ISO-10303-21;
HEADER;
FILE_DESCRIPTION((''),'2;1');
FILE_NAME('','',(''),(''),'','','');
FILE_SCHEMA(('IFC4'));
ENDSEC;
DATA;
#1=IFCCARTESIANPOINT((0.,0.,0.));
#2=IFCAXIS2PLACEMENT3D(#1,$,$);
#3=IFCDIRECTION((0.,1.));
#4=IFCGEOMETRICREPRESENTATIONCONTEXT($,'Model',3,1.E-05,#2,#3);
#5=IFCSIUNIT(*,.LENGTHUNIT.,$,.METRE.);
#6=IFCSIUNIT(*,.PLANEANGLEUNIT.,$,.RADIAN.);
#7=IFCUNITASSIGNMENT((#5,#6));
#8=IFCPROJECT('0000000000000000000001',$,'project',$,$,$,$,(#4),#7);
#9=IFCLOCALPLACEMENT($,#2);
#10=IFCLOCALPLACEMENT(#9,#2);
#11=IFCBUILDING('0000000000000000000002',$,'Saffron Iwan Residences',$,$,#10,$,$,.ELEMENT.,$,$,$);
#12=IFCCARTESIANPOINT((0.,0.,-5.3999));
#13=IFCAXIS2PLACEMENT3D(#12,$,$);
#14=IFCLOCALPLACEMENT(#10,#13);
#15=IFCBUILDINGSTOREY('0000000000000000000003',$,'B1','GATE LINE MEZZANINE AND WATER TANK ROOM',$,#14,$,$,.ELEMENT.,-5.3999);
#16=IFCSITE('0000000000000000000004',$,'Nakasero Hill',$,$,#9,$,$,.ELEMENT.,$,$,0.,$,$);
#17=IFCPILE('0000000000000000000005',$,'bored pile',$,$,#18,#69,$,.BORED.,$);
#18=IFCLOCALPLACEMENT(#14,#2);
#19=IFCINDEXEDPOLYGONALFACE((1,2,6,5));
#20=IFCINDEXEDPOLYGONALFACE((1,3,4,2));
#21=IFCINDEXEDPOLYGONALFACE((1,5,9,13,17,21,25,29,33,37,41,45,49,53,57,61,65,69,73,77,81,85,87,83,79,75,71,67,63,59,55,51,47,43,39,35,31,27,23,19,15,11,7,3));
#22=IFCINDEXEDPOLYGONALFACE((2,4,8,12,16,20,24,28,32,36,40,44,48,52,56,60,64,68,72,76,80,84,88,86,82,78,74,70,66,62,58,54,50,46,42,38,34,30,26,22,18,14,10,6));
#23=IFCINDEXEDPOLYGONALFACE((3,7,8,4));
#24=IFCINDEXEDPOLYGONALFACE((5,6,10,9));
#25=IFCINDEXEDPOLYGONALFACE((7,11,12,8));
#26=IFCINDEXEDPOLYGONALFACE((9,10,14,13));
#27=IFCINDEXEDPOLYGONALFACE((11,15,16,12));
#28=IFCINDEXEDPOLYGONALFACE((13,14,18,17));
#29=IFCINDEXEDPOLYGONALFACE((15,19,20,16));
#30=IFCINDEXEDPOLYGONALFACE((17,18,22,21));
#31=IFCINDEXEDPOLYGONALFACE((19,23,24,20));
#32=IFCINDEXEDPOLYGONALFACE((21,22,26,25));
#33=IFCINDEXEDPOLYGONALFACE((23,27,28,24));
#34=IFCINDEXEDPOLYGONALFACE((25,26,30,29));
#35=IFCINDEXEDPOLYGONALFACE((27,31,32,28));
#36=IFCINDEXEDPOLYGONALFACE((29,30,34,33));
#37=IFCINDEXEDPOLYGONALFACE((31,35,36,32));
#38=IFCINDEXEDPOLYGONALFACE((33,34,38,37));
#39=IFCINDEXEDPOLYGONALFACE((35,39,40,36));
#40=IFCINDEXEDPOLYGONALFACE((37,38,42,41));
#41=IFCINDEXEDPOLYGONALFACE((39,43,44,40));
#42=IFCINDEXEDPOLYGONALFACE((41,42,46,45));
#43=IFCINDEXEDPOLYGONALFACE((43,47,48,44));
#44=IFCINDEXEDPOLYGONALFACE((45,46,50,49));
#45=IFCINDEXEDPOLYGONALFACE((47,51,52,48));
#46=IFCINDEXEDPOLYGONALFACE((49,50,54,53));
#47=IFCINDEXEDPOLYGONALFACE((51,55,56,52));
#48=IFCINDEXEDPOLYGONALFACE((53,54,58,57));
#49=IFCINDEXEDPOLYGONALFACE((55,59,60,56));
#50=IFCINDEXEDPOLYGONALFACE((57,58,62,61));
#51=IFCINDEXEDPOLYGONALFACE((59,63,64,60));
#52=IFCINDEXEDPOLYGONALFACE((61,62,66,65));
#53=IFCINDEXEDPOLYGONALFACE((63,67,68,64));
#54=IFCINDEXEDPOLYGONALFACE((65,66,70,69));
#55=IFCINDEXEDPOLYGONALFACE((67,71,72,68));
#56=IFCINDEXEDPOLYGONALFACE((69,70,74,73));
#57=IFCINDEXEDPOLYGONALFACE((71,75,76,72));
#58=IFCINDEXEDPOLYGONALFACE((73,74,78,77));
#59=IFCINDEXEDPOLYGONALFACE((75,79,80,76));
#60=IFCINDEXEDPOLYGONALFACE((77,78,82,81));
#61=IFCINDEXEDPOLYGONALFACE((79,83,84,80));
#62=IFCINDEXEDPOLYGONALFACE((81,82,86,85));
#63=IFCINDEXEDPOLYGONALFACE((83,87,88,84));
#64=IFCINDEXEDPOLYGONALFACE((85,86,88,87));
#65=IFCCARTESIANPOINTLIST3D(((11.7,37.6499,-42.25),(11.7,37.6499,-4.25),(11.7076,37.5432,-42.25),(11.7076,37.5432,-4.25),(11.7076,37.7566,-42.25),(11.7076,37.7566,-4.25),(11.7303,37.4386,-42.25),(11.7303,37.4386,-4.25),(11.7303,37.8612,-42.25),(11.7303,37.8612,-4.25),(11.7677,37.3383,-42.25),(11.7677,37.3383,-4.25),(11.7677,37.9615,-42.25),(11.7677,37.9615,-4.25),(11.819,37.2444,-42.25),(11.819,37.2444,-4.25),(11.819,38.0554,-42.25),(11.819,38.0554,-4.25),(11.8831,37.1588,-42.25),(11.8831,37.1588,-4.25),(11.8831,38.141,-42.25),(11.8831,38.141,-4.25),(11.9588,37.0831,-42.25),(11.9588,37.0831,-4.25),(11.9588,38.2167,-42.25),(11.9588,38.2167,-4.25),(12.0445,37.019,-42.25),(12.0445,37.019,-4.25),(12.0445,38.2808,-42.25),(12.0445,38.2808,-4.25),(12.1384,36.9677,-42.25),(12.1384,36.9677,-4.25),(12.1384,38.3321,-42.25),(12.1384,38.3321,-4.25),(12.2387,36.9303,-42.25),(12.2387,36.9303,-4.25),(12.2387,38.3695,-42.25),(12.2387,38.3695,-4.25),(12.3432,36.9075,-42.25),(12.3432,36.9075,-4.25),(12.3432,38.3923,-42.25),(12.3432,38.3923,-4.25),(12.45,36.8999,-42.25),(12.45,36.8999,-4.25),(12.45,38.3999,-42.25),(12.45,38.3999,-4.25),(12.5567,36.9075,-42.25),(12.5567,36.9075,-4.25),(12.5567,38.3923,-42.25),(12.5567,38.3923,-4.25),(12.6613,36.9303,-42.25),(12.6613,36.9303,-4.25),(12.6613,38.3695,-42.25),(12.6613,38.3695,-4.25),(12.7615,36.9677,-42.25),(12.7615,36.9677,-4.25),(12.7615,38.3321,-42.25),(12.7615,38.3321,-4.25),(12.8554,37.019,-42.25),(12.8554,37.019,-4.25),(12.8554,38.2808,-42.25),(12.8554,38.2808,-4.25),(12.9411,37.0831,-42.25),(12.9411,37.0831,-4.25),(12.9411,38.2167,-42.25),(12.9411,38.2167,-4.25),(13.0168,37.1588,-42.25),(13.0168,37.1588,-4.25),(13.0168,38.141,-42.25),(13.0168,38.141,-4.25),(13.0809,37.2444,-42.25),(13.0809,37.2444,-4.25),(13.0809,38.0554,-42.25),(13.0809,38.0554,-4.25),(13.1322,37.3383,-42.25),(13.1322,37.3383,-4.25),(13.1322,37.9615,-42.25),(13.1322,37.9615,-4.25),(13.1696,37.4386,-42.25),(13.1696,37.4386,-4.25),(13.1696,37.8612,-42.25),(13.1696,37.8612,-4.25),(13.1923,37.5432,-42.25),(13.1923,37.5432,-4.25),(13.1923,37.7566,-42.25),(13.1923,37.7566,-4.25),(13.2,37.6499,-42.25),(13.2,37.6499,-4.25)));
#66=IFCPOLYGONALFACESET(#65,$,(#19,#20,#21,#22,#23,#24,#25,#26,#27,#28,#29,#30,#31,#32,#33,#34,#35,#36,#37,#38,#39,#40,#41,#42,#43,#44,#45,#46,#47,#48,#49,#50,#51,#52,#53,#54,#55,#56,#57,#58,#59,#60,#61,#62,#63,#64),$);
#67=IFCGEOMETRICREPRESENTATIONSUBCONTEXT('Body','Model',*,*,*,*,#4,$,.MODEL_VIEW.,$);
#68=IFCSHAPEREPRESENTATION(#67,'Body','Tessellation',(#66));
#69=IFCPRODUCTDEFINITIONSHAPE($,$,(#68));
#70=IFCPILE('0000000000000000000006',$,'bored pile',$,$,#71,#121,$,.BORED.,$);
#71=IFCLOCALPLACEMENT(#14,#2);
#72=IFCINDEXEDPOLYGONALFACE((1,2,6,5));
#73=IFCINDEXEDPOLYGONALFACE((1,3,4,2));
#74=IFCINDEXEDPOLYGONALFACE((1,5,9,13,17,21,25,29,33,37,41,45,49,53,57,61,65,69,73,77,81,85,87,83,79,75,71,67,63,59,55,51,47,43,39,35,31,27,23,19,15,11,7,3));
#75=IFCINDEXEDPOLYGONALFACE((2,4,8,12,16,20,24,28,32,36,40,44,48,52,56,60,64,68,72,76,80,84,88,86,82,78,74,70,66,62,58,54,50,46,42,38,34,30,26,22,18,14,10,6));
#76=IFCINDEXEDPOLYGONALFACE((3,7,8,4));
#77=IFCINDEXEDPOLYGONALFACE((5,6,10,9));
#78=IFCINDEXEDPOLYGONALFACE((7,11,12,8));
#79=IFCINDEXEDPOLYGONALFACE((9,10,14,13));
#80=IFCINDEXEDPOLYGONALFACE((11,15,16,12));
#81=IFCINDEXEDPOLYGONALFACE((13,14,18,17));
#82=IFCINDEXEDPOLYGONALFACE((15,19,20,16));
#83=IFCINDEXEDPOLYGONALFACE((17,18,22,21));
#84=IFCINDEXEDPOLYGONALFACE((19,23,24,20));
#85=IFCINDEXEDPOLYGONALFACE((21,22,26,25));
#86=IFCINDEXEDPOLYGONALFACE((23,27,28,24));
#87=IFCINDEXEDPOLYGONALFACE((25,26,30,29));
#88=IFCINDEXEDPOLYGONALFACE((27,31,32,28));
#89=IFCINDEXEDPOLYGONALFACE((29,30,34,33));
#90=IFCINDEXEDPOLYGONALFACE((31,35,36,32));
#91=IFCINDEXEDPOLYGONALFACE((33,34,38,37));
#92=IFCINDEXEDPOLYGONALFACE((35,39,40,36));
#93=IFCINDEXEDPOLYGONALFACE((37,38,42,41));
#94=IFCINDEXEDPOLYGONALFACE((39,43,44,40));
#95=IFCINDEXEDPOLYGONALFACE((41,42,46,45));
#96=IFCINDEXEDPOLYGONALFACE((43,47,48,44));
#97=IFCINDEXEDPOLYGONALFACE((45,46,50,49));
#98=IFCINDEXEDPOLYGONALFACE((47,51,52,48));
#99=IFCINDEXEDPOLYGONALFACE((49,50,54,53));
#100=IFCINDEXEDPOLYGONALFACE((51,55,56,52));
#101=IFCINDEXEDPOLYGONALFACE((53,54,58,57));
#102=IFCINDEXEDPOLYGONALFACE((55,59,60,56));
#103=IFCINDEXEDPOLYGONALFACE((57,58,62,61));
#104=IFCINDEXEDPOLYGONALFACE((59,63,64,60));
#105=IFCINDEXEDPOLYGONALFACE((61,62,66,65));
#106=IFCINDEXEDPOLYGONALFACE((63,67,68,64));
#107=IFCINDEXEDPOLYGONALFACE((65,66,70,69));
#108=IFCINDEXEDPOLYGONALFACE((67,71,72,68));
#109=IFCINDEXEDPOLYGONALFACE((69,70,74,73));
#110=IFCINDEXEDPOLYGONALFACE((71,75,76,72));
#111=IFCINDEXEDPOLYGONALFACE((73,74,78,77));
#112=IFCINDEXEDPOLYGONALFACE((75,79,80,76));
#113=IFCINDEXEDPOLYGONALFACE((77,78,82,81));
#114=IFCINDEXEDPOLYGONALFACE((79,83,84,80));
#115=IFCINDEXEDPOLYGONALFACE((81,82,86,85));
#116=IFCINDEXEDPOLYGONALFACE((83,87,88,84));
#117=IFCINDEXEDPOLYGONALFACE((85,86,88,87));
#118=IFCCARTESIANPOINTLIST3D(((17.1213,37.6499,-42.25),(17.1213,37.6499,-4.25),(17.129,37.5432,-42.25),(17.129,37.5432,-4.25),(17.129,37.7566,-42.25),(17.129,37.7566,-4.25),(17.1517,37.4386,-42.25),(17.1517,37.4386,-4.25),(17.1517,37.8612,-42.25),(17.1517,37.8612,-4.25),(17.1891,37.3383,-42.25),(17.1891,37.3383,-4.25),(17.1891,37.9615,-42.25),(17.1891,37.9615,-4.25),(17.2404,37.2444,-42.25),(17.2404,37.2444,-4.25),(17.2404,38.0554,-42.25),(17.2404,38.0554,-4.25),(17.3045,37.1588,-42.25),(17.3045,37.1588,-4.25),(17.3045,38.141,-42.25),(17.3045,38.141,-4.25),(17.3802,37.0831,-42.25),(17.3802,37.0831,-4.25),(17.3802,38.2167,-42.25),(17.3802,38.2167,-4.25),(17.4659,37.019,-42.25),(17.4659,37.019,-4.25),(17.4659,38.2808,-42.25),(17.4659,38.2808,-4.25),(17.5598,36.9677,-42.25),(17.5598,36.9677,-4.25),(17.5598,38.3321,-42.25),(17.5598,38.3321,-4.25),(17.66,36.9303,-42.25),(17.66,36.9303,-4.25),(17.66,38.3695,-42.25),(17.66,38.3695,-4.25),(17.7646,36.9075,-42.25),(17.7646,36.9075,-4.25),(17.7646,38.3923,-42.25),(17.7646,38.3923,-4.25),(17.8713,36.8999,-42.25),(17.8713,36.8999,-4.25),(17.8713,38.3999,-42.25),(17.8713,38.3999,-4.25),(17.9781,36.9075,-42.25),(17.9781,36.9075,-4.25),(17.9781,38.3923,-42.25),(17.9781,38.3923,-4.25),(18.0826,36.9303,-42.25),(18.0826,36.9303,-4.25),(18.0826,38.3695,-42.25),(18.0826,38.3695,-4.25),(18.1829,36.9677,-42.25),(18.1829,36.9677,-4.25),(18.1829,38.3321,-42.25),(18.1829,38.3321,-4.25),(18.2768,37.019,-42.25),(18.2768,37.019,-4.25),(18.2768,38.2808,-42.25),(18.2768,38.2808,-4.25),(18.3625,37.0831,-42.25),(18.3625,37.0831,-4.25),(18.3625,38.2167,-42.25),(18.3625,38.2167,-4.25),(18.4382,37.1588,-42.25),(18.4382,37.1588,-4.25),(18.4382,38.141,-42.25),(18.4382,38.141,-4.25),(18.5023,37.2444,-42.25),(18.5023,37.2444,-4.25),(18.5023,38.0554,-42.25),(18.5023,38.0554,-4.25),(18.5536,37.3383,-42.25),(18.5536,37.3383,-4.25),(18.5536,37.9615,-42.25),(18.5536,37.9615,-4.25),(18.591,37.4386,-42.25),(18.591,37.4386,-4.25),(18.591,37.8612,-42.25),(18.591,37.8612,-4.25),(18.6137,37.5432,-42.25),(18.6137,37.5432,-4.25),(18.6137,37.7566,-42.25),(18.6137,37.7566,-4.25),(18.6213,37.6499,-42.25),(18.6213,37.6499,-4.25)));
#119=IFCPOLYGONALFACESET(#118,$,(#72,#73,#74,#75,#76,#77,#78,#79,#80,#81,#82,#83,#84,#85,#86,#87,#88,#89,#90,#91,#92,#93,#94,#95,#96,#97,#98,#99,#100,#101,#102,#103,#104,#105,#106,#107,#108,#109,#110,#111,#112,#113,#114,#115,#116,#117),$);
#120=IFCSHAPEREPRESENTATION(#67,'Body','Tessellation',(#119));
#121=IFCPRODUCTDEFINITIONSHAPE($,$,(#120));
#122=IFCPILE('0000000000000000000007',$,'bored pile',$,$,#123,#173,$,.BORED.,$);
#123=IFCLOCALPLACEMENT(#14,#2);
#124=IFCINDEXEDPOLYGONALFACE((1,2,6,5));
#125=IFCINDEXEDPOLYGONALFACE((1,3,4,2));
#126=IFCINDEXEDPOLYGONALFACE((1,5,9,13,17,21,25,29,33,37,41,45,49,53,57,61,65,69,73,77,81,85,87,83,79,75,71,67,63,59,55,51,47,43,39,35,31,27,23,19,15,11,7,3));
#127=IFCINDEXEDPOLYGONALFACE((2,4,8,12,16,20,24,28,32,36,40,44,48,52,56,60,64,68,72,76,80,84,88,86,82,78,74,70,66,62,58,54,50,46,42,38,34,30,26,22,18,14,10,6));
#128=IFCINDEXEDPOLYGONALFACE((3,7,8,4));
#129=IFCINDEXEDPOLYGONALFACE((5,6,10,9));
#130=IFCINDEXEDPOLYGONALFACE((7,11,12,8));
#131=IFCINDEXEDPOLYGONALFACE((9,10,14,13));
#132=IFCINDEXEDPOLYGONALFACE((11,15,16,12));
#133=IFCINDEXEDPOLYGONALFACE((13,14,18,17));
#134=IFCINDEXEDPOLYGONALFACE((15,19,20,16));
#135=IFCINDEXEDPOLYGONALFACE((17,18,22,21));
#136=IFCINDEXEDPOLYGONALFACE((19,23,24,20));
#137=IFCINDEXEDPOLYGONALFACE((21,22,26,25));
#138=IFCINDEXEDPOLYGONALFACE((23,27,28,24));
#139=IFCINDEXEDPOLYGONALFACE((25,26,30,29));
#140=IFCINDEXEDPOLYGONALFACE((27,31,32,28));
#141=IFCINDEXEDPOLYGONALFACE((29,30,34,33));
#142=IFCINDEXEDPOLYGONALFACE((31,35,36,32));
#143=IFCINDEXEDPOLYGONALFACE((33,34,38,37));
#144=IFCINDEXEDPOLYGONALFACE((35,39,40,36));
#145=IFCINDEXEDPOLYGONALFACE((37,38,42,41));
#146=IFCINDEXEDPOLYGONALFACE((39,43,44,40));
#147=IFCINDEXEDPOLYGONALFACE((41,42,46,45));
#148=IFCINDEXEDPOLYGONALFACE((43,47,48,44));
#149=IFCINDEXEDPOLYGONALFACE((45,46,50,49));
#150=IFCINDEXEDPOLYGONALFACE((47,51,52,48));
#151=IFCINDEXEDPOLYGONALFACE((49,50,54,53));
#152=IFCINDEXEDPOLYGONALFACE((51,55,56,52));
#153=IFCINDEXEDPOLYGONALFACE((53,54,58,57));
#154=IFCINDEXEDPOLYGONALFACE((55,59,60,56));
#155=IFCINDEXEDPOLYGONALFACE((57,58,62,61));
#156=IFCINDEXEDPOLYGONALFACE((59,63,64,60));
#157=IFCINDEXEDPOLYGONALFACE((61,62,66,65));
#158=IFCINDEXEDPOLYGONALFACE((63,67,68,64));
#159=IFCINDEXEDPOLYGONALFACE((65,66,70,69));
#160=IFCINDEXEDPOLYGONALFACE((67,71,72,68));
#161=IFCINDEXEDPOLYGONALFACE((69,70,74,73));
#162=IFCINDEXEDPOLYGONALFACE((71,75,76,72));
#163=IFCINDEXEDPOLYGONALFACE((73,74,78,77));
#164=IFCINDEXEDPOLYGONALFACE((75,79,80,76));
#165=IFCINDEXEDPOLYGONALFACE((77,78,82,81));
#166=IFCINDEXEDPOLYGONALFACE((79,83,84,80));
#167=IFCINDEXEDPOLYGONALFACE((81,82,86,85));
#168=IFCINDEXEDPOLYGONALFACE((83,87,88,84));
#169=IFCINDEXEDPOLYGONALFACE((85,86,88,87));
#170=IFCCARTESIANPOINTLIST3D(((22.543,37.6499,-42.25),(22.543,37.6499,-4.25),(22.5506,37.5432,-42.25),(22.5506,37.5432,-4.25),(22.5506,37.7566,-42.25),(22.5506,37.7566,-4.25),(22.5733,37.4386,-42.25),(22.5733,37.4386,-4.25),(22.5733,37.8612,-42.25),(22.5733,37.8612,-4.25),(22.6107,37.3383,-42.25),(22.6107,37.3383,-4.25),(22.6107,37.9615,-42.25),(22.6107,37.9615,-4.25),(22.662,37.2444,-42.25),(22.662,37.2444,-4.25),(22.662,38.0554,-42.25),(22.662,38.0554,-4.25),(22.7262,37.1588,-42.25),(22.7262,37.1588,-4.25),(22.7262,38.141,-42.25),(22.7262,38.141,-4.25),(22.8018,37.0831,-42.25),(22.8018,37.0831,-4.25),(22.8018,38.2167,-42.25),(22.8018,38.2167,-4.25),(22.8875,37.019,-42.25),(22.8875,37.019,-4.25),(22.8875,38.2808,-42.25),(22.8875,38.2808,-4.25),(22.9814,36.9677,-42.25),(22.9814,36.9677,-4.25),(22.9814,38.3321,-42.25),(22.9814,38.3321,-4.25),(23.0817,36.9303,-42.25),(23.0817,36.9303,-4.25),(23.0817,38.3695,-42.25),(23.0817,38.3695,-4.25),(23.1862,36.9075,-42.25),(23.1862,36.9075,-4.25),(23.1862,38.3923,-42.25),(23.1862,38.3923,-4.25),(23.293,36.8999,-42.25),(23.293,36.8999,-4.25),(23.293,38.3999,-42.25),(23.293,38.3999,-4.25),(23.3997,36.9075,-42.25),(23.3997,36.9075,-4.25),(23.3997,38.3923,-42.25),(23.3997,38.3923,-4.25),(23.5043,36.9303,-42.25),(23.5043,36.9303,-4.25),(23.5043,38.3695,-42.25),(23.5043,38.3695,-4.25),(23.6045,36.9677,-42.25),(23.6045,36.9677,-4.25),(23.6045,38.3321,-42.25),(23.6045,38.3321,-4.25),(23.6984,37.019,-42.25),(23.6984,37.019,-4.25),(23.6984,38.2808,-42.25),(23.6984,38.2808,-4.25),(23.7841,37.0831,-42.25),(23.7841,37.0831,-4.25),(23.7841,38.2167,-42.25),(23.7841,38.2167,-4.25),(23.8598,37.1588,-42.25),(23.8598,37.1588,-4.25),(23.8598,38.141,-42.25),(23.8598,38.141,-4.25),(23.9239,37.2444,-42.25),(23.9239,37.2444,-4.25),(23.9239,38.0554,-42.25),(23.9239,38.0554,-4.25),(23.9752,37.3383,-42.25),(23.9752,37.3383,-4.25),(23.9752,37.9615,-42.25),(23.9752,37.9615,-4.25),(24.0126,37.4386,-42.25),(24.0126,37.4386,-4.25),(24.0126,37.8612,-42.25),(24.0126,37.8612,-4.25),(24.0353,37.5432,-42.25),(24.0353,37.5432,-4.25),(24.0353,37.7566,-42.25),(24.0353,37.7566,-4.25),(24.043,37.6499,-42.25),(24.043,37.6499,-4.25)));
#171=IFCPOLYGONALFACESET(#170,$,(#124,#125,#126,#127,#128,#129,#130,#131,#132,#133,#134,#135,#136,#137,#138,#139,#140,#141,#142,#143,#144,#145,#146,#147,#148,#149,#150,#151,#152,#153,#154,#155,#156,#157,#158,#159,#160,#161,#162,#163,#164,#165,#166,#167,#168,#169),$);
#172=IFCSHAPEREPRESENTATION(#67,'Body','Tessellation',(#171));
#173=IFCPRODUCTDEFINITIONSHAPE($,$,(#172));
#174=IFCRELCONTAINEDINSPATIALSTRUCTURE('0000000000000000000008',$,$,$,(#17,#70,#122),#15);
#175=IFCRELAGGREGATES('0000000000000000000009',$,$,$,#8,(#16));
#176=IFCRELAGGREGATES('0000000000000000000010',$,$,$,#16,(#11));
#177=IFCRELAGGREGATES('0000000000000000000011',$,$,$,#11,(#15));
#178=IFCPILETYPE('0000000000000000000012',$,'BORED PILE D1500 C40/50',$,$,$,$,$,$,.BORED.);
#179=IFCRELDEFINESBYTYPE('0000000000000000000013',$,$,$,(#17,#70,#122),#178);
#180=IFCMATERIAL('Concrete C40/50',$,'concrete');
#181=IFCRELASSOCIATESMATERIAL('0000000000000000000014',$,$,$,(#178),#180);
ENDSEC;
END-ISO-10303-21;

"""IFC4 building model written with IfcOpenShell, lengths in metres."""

from ifc_helpers import new_model, si_unit, direction, frame, origin, origin_2d, place, context, subcontext, project, spatial, circle, extrude, material, material_profile, profile_set, type_object, element, save


model = new_model("IFC4")

# Units and contexts
model_context = context("Model", 3, precision=1e-05, world=origin(), true_north=direction((0.0, 1.0)))
body_context = subcontext(model_context, "Body", "Model", "MODEL_VIEW")
ifc_project = project(units=[si_unit("LENGTHUNIT", "METRE"), si_unit("PLANEANGLEUNIT", "RADIAN")], contexts=[model_context])

# Site, building, storey
site_placement = place(None, origin())
site = spatial("IfcSite", under=ifc_project, at=site_placement, Name="Nakasero Hill", CompositionType="ELEMENT", RefElevation=0.0)
building_placement = place(site_placement, origin())
building = spatial("IfcBuilding", under=site, at=building_placement, Name="Saffron Iwan Residences", CompositionType="ELEMENT")
storey_placement = place(building_placement, frame((0.0, 0.0, -5.3999)))
storey = spatial("IfcBuildingStorey", under=building, at=storey_placement, Name="B1", Description="GATE LINE MEZZANINE AND WATER TANK ROOM", CompositionType="ELEMENT", Elevation=-5.3999)

# Piles
ifc_material_1 = material(Name="Concrete C40/50", Category="concrete")
ifc_material_profile_1 = material_profile(ifc_material_1, circle(Radius=0.75, at=origin_2d()), Name="RC D1500")
ifc_profile_set_1 = profile_set([ifc_material_profile_1], Name="Concrete C40/50")
pile_type = type_object("IfcPileType", Name="BORED PILE D1500 C40/50", PredefinedType="BORED", material=ifc_profile_set_1)
for number, where, z_axis, x_axis, name in (
    (1, (12.45, 37.6499, -4.25), (0.0, 0.0, -1.0), (1.0, 0.0, 0.0), "bored pile"),
    (2, (17.8713, 37.6499, -4.25), (0.0, 0.0, -1.0), (1.0, 0.0, 0.0), "bored pile"),
    (3, (23.293, 37.6499, -4.25), (0.0, 0.0, -1.0), (1.0, 0.0, 0.0), "bored pile"),
):
    element("IfcPile", number, at=place(storey_placement, frame(where, z_axis=z_axis, x_axis=x_axis)), inside=storey, type_object=pile_type, Name=name, PredefinedType="BORED", context=body_context, shape_type="SweptSolid", body=[
        extrude(circle(Radius=0.75, at=origin_2d()), origin(), (0.0, 0.0, 1.0), 38.0),
    ])

save(model, "model.ifc")
